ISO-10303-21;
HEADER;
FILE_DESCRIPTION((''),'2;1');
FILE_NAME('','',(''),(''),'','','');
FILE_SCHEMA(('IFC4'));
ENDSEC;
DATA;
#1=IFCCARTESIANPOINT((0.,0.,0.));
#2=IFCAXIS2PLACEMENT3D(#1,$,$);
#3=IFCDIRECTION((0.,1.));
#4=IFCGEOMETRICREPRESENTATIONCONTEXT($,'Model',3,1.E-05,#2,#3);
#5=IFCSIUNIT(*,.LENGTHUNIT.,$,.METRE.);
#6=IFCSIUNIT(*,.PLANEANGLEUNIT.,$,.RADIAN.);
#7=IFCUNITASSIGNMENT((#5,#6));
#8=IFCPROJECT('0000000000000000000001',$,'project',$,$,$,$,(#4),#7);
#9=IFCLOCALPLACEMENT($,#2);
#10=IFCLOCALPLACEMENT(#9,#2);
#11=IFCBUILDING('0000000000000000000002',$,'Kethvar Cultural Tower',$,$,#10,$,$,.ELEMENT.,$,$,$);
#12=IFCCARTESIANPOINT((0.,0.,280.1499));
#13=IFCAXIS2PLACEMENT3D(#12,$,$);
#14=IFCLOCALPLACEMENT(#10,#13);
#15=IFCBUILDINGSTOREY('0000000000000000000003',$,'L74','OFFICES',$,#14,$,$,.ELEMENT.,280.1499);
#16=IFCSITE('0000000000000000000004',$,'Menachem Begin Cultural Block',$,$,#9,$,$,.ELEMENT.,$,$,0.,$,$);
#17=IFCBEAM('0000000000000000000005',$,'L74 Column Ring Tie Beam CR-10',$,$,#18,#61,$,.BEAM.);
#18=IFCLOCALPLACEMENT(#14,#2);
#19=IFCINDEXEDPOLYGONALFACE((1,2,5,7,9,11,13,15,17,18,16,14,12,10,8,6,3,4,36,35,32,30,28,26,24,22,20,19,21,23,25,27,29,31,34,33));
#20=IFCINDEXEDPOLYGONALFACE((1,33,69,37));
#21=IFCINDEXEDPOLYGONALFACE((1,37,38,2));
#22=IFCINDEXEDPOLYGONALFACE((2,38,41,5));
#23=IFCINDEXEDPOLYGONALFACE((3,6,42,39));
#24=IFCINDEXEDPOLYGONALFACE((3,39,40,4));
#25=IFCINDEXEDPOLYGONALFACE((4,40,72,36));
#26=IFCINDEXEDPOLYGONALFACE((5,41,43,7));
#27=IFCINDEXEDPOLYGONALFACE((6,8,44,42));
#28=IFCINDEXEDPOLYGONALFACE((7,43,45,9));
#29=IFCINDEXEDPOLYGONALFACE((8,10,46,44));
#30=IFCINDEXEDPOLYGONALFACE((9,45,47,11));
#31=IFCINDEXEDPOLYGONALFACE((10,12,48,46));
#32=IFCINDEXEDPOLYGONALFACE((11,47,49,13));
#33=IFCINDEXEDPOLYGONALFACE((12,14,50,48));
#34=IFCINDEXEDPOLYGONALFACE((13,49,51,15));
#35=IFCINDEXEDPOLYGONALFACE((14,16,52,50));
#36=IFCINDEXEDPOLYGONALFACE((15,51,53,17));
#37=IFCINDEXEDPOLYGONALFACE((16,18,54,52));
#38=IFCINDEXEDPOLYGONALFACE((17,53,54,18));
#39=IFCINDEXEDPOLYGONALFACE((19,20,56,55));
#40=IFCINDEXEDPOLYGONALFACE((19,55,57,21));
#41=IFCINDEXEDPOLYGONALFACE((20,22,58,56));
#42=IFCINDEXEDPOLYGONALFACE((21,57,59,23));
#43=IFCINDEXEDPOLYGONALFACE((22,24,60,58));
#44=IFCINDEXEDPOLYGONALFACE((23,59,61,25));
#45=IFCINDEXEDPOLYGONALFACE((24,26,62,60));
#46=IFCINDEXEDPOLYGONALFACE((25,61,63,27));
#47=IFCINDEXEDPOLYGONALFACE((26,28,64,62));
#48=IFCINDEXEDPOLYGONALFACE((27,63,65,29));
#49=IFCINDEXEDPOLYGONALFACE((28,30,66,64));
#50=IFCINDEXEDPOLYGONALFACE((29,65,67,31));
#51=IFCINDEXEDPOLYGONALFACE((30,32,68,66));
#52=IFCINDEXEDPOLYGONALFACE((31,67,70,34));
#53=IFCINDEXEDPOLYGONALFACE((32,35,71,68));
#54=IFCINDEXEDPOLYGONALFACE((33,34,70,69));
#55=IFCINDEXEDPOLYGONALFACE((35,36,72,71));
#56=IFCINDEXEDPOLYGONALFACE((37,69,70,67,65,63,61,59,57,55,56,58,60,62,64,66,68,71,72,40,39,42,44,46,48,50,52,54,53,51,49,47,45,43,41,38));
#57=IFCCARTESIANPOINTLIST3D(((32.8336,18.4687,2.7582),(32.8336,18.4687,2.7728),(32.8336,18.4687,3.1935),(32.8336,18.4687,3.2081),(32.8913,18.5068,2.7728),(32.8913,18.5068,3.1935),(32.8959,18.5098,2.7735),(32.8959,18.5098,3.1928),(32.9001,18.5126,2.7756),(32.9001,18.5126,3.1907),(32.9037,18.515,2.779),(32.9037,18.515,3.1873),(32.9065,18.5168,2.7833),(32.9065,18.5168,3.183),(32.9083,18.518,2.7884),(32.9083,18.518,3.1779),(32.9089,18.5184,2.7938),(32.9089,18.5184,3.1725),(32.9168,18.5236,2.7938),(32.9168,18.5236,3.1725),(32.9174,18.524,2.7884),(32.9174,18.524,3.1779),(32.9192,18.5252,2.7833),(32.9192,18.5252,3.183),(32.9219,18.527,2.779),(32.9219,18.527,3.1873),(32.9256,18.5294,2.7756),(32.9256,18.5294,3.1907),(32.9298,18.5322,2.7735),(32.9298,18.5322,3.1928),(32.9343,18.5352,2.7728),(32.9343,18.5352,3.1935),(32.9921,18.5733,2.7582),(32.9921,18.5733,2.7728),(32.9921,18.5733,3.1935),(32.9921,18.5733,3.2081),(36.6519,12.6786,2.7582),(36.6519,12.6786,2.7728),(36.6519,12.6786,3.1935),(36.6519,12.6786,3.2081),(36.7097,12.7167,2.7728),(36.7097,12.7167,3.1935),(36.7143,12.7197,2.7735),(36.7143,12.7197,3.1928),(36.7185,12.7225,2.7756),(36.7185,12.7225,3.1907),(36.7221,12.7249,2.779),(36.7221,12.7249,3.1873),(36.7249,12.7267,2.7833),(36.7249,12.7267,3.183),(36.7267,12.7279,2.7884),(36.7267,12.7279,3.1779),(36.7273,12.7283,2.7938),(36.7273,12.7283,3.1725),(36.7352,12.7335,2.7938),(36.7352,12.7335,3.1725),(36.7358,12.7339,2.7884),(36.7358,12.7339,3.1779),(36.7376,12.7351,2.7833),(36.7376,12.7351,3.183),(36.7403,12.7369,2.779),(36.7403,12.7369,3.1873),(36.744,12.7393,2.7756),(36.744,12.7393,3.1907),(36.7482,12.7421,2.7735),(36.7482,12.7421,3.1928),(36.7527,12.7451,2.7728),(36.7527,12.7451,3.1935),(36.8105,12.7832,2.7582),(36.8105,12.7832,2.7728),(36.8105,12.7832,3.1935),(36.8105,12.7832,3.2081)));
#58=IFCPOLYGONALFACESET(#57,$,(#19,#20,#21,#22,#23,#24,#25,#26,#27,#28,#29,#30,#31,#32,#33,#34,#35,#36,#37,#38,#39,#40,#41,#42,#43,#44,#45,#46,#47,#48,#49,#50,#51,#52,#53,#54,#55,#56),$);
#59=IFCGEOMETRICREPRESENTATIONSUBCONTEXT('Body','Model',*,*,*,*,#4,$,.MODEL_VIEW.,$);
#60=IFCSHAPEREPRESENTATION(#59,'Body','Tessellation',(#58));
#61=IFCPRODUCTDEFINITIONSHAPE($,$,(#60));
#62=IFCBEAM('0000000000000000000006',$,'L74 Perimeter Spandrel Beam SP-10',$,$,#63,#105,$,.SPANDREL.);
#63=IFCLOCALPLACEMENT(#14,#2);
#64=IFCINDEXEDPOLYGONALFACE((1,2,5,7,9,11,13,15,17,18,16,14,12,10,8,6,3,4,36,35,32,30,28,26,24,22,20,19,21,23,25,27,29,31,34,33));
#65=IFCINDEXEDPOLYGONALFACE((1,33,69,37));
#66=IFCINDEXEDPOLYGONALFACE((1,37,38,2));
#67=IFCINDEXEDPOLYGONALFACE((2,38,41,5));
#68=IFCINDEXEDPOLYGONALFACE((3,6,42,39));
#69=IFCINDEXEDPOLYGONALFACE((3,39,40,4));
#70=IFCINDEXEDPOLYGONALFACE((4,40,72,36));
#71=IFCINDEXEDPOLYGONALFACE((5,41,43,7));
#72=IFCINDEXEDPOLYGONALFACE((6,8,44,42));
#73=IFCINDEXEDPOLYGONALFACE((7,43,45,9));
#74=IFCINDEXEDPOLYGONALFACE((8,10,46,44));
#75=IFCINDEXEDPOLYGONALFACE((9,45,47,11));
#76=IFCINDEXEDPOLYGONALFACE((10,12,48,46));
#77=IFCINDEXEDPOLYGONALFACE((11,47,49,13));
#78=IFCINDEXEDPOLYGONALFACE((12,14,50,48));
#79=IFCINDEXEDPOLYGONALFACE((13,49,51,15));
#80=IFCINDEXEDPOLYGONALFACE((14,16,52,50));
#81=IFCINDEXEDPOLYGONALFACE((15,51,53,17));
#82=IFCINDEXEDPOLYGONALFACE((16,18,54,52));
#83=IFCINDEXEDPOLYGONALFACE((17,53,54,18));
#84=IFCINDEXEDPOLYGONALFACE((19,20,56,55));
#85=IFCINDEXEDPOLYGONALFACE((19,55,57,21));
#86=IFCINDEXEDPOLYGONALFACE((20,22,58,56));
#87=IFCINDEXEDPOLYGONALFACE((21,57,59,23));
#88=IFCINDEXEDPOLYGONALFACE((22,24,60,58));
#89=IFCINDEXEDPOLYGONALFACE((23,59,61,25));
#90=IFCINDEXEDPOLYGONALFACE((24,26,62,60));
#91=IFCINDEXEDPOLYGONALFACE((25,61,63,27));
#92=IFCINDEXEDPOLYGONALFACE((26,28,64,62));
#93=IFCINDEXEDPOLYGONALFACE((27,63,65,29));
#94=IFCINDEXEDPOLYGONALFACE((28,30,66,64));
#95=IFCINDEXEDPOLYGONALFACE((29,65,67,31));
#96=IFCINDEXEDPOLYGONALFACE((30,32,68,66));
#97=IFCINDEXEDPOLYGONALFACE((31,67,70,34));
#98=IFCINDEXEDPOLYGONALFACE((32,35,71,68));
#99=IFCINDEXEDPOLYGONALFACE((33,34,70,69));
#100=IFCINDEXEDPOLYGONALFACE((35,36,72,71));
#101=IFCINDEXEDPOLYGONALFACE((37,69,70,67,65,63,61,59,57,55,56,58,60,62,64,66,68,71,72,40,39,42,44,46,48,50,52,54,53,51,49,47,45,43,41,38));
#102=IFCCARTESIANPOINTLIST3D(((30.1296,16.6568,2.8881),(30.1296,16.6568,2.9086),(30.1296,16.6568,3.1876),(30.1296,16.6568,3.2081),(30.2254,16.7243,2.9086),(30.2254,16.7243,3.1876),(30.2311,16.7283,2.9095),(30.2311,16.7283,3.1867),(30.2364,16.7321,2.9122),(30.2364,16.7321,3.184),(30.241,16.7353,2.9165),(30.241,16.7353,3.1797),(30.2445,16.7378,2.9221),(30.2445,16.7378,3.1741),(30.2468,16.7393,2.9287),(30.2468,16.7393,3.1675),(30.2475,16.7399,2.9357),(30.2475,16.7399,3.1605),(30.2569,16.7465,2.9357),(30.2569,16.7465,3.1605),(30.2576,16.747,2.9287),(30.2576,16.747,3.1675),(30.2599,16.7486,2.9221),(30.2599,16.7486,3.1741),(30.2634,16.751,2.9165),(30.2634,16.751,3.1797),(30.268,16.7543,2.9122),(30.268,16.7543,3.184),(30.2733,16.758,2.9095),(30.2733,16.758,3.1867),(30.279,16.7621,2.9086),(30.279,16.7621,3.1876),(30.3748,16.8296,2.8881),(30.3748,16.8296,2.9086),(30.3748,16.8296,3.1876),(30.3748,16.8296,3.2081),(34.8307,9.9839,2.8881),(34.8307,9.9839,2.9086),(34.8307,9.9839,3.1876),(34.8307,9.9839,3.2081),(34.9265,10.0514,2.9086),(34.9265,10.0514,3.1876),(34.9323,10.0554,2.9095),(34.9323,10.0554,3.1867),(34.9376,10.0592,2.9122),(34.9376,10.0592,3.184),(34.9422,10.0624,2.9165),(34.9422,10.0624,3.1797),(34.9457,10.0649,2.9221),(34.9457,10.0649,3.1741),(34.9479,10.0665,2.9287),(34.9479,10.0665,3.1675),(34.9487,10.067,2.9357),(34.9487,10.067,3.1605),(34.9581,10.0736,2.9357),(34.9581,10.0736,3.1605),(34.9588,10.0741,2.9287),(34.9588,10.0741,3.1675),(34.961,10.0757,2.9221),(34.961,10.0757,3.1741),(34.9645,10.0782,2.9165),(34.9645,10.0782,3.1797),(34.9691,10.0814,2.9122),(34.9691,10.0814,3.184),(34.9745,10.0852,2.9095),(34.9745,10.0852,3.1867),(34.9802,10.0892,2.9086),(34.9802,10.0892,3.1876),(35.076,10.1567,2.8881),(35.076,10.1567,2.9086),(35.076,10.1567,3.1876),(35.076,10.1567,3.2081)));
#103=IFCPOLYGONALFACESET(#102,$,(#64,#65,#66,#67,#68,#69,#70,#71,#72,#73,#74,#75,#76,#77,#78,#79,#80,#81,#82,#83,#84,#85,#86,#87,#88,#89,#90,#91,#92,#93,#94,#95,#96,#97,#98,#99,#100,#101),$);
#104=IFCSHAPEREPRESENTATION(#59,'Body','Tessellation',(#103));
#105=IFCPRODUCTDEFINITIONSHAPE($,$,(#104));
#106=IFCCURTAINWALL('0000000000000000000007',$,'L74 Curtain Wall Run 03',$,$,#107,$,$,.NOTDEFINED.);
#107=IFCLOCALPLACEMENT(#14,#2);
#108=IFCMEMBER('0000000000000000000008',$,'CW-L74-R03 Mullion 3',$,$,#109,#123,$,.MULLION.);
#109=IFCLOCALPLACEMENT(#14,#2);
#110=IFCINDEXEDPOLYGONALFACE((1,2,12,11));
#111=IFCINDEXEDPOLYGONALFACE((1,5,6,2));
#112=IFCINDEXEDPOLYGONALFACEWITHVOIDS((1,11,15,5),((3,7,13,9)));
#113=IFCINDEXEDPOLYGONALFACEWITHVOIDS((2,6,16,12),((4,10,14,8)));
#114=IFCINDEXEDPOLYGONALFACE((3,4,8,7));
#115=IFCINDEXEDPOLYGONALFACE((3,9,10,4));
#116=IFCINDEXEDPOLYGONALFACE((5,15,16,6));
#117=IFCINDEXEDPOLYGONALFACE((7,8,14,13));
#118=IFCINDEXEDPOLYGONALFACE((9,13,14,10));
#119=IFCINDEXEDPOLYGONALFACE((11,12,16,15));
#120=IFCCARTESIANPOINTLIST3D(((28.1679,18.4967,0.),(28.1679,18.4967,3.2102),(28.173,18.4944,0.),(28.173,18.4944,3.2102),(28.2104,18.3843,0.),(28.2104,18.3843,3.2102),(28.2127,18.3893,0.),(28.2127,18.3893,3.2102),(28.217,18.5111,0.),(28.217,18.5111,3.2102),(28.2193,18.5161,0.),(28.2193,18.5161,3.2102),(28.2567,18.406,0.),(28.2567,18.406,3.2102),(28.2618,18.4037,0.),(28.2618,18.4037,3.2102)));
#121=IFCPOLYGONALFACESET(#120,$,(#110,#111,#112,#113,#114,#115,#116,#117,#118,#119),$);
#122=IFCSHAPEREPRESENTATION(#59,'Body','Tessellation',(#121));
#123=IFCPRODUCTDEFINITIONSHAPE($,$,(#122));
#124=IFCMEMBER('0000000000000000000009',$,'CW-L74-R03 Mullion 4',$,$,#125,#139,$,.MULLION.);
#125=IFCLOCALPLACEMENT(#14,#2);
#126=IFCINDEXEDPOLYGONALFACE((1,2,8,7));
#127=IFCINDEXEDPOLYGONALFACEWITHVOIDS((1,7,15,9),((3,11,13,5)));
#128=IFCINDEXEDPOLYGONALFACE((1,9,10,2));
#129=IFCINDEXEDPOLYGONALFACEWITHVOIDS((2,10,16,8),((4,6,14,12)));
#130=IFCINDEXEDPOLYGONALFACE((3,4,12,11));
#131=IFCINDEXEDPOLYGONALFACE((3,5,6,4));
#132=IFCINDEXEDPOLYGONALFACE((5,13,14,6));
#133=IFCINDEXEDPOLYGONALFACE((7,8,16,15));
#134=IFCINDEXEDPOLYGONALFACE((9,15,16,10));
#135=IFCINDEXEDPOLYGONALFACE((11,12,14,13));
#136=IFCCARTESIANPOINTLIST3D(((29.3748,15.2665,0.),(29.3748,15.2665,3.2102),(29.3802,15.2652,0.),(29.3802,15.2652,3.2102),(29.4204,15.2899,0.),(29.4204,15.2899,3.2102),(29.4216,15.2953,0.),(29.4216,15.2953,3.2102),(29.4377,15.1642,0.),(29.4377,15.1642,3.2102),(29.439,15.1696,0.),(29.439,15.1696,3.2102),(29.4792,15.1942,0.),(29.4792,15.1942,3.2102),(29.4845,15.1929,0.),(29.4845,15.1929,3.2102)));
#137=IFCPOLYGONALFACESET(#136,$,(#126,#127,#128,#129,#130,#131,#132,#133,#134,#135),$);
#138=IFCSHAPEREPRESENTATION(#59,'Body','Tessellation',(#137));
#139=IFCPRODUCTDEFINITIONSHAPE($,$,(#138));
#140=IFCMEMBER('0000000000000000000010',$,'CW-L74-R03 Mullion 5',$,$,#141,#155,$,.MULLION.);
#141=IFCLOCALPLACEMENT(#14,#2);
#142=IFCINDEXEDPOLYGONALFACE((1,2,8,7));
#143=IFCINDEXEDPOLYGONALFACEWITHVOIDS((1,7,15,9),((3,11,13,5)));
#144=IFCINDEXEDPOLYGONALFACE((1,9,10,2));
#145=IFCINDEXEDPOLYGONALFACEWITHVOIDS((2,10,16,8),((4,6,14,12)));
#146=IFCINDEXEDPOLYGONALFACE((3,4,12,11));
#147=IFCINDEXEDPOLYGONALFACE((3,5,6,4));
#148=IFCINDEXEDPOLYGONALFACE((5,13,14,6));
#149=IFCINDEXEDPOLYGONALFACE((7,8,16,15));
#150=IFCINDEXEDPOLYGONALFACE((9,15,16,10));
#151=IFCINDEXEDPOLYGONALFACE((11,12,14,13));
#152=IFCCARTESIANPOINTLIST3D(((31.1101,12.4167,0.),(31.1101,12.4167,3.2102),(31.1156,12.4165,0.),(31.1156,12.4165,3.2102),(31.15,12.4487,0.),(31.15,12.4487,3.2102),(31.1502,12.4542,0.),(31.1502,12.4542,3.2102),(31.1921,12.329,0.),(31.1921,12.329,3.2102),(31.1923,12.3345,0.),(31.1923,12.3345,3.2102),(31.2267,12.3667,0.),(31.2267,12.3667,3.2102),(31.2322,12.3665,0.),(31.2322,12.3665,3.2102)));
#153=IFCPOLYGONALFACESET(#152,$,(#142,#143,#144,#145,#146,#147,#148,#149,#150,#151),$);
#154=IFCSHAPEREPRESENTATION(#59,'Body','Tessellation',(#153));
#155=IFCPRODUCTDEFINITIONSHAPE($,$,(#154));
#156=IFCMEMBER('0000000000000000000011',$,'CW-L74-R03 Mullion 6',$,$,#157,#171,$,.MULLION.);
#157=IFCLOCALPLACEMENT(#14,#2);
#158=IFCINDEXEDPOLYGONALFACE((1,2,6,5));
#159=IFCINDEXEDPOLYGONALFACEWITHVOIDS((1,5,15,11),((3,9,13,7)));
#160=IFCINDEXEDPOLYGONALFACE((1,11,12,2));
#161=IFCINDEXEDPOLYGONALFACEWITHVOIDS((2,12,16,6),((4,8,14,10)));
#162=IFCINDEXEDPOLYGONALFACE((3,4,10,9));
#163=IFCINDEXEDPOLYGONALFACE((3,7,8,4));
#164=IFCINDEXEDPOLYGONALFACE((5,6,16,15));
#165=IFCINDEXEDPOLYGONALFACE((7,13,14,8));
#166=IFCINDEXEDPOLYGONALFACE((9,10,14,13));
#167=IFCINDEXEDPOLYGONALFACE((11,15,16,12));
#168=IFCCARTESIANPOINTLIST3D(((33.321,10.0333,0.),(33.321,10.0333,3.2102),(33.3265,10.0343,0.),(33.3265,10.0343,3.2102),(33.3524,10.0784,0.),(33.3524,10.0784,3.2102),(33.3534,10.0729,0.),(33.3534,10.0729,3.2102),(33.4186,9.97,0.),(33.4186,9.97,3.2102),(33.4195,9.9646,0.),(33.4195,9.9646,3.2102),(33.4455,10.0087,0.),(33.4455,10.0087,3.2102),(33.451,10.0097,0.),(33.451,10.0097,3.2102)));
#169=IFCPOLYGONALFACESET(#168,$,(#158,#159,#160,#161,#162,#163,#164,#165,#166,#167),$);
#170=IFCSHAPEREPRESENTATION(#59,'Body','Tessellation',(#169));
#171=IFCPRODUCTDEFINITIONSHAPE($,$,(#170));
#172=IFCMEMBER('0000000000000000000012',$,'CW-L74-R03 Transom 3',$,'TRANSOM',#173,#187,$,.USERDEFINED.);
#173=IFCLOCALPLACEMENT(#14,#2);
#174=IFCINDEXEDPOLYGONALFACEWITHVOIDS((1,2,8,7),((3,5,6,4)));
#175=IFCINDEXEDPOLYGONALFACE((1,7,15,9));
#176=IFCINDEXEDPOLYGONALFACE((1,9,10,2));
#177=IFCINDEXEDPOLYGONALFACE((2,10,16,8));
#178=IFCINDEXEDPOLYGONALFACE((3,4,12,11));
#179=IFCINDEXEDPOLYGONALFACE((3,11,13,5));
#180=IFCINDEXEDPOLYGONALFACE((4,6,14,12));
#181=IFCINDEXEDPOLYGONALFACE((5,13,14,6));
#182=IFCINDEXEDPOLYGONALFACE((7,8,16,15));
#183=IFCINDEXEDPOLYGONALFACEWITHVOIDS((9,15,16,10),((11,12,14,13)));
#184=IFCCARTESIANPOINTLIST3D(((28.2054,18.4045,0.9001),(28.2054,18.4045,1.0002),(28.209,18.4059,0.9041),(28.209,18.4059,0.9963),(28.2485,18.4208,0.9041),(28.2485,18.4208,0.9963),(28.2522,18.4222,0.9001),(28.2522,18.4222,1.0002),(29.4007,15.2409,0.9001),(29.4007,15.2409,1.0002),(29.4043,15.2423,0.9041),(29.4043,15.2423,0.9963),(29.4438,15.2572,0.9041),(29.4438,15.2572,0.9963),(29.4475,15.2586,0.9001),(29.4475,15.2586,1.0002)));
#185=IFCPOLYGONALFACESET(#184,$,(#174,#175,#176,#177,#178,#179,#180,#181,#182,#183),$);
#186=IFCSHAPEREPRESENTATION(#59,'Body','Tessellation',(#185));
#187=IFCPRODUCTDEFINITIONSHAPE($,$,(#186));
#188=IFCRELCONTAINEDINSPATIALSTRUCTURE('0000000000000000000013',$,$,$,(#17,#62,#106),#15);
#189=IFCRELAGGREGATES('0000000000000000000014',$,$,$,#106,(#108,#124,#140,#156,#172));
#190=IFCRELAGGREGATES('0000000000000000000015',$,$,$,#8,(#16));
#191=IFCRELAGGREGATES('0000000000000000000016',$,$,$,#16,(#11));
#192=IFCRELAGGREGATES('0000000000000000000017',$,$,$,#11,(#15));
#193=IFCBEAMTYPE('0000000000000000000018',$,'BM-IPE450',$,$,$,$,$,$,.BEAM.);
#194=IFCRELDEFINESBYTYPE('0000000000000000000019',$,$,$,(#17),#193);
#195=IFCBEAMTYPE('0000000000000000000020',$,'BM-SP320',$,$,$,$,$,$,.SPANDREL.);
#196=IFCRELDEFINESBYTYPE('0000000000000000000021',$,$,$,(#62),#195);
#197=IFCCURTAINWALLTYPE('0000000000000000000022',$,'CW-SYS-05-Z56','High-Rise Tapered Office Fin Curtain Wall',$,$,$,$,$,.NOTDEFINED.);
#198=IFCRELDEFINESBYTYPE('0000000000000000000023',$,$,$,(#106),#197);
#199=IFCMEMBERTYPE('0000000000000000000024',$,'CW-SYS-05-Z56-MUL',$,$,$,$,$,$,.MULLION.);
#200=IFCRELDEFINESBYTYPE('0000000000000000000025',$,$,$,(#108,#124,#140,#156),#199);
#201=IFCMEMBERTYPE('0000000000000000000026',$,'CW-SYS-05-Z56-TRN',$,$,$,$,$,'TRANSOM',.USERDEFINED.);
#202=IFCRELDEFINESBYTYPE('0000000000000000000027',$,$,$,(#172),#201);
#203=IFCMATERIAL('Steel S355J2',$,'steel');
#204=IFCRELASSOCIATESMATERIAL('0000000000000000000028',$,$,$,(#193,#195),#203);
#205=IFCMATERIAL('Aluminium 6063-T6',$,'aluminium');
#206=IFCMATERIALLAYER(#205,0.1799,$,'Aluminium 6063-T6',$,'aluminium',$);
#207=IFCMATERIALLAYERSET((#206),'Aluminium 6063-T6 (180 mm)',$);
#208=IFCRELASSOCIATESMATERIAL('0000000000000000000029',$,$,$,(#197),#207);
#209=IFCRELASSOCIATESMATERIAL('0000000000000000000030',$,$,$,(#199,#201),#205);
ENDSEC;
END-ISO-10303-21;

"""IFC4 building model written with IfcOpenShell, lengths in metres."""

from ifc_helpers import new_model, si_unit, direction, frame, origin, origin_2d, place, context, subcontext, project, spatial, hollow_rectangle, i_section, extrude, source, transform, mapped, material, layer, layer_set, material_profile, profile_set, type_object, element, aggregate, save


model = new_model("IFC4")

# Units and contexts
model_context = context("Model", 3, precision=1e-05, world=origin(), true_north=direction((0.0, 1.0)))
body_context = subcontext(model_context, "Body", "Model", "MODEL_VIEW")
ifc_project = project(units=[si_unit("LENGTHUNIT", "METRE"), si_unit("PLANEANGLEUNIT", "RADIAN")], contexts=[model_context])

# Site, building, storey
site_placement = place(None, origin())
site = spatial("IfcSite", under=ifc_project, at=site_placement, Name="Menachem Begin Cultural Block", CompositionType="ELEMENT", RefElevation=0.0)
building_placement = place(site_placement, origin())
building = spatial("IfcBuilding", under=site, at=building_placement, Name="Kethvar Cultural Tower", CompositionType="ELEMENT")
storey_placement = place(building_placement, frame((0.0, 0.0, 280.1499)))
storey = spatial("IfcBuildingStorey", under=building, at=storey_placement, Name="L74", Description="OFFICES", CompositionType="ELEMENT", Elevation=280.1499)

# Shared definitions
ifc_material_1 = material(Name="Steel S355J2", Category="steel")

# Beams
ifc_material_profile_1 = material_profile(ifc_material_1, i_section(OverallWidth=0.1899, OverallDepth=0.45, WebThickness=0.0095, FlangeThickness=0.0146, FilletRadius=0.021, at=origin_2d()), Name="Steel S355J2 — IPE450")
ifc_profile_set_1 = profile_set([ifc_material_profile_1], Name="Steel S355J2 — IPE450")
beam_type_1 = type_object("IfcBeamType", Name="BM-IPE450", PredefinedType="BEAM", material=ifc_profile_set_1)
ifc_material_profile_2 = material_profile(ifc_material_1, i_section(OverallWidth=0.3, OverallDepth=0.3201, WebThickness=0.0115, FlangeThickness=0.0205, FilletRadius=0.0271, at=origin_2d()), Name="Steel S355J2 — HEB320")
ifc_profile_set_2 = profile_set([ifc_material_profile_2], Name="Steel S355J2 — HEB320")
beam_type_2 = type_object("IfcBeamType", Name="BM-SP320", PredefinedType="SPANDREL", material=ifc_profile_set_2)
shared_shape_1 = source(origin(), body_context, "Body", "SweptSolid", [
    extrude(i_section(OverallWidth=0.1899, OverallDepth=0.45, WebThickness=0.0095, FlangeThickness=0.0146, FilletRadius=0.021, at=origin_2d()), origin(), (0.0, 0.0, 1.0), 6.9358),
])
beam_1_placement = place(storey_placement, frame((32.9128, 18.521, 2.9832), z_axis=(0.550534, -0.834813, 0.0), x_axis=(0.834813, 0.550534, 0.0)))
element("IfcBeam", 1, at=beam_1_placement, inside=storey, type_object=beam_type_1, Name="L74 Column Ring Tie Beam CR-10", PredefinedType="BEAM", context=body_context, shape_type="MappedRepresentation", body=[
    mapped(shared_shape_1, transform((0.0, 0.0, 0.0), scale=1.0)),
])
shared_shape_2 = source(origin(), body_context, "Body", "SweptSolid", [
    extrude(i_section(OverallWidth=0.3, OverallDepth=0.3201, WebThickness=0.0115, FlangeThickness=0.0205, FilletRadius=0.0271, at=origin_2d()), origin(), (0.0, 0.0, 1.0), 8.1626),
])
beam_2_placement = place(storey_placement, frame((30.2522, 16.7432, 3.0481), z_axis=(0.575941, -0.817491, 0.0), x_axis=(0.817491, 0.575941, 0.0)))
element("IfcBeam", 2, at=beam_2_placement, inside=storey, type_object=beam_type_2, Name="L74 Perimeter Spandrel Beam SP-10", PredefinedType="SPANDREL", context=body_context, shape_type="MappedRepresentation", body=[
    mapped(shared_shape_2, transform((0.0, 0.0, 0.0), scale=1.0)),
])

# Curtain wall, members
ifc_material_2 = material(Name="Aluminium 6063-T6", Category="aluminium")
ifc_layer_1 = layer(ifc_material_2, 0.1799, Name="Aluminium 6063-T6", Category="aluminium")
ifc_layer_set_1 = layer_set([ifc_layer_1], Name="Aluminium 6063-T6 (180 mm)")
curtain_wall_type = type_object("IfcCurtainWallType", Name="CW-SYS-05-Z56", Description="High-Rise Tapered Office Fin Curtain Wall", PredefinedType="NOTDEFINED", material=ifc_layer_set_1)
curtain_wall_placement = place(storey_placement, origin())
curtain_wall = element("IfcCurtainWall", 3, at=curtain_wall_placement, inside=storey, type_object=curtain_wall_type, Name="L74 Curtain Wall Run 03", PredefinedType="NOTDEFINED")
ifc_material_profile_3 = material_profile(ifc_material_2, hollow_rectangle(XDim=0.0549, YDim=0.1201, WallThickness=0.0039, at=origin_2d()), Name="Aluminium 6063-T6 — RHS120x55x4")
ifc_profile_set_3 = profile_set([ifc_material_profile_3], Name="Aluminium 6063-T6 — RHS120x55x4")
member_type_1 = type_object("IfcMemberType", Name="CW-SYS-05-Z56-MUL", PredefinedType="MULLION", material=ifc_profile_set_3)
shared_shape_3 = source(origin(), body_context, "Body", "SweptSolid", [
    extrude(hollow_rectangle(XDim=0.0549, YDim=0.1201, WallThickness=0.0039, at=origin_2d()), origin(), (0.0, 0.0, 1.0), 3.2102),
])
member_1_placement = place(storey_placement, frame((28.2148, 18.4502, 0.0), z_axis=(0.0, 0.0, 1.0), x_axis=(0.93545, 0.353459, 0.0)))
member_1 = element("IfcMember", 4, at=member_1_placement, type_object=member_type_1, Name="CW-L74-R03 Mullion 3", PredefinedType="MULLION", context=body_context, shape_type="MappedRepresentation", body=[
    mapped(shared_shape_3, transform((0.0, 0.0, 0.0), scale=1.0)),
])
member_2_placement = place(storey_placement, frame((29.4297, 15.2297, 0.0), z_axis=(0.0, 0.0, 1.0), x_axis=(0.852029, 0.523495, 0.0)))
member_2 = element("IfcMember", 5, at=member_2_placement, type_object=member_type_1, Name="CW-L74-R03 Mullion 4", PredefinedType="MULLION", context=body_context, shape_type="MappedRepresentation", body=[
    mapped(shared_shape_3, transform((0.0, 0.0, 0.0), scale=1.0)),
])
member_3_placement = place(storey_placement, frame((31.1711, 12.3916, 0.0), z_axis=(0.0, 0.0, 1.0), x_axis=(0.730162, 0.683274, 0.0)))
member_3 = element("IfcMember", 6, at=member_3_placement, type_object=member_type_1, Name="CW-L74-R03 Mullion 5", PredefinedType="MULLION", context=body_context, shape_type="MappedRepresentation", body=[
    mapped(shared_shape_3, transform((0.0, 0.0, 0.0), scale=1.0)),
])
member_4_placement = place(storey_placement, frame((33.386, 10.0215, 0.0), z_axis=(0.0, 0.0, 1.0), x_axis=(0.572017, 0.820242, 0.0)))
member_4 = element("IfcMember", 7, at=member_4_placement, type_object=member_type_1, Name="CW-L74-R03 Mullion 6", PredefinedType="MULLION", context=body_context, shape_type="MappedRepresentation", body=[
    mapped(shared_shape_3, transform((0.0, 0.0, 0.0), scale=1.0)),
])
ifc_material_profile_4 = material_profile(ifc_material_2, hollow_rectangle(XDim=0.05, YDim=0.1001, WallThickness=0.0039, at=origin_2d()), Name="Aluminium 6063-T6 — RHS100x50x4")
ifc_profile_set_4 = profile_set([ifc_material_profile_4], Name="Aluminium 6063-T6 — RHS100x50x4")
member_type_2 = type_object("IfcMemberType", Name="CW-SYS-05-Z56-TRN", ElementType="TRANSOM", PredefinedType="USERDEFINED", material=ifc_profile_set_4)
shared_shape_4 = source(origin(), body_context, "Body", "SweptSolid", [
    extrude(hollow_rectangle(XDim=0.05, YDim=0.1001, WallThickness=0.0039, at=origin_2d()), origin(), (0.0, 0.0, 1.0), 3.3818),
])
member_5_placement = place(storey_placement, frame((28.2288, 18.4133, 0.9502), z_axis=(0.353448, -0.935454, 0.0), x_axis=(0.935454, 0.353448, 0.0)))
member_5 = element("IfcMember", 8, at=member_5_placement, type_object=member_type_2, Name="CW-L74-R03 Transom 3", ObjectType="TRANSOM", PredefinedType="USERDEFINED", context=body_context, shape_type="MappedRepresentation", body=[
    mapped(shared_shape_4, transform((0.0, 0.0, 0.0), scale=1.0)),
])
aggregate(curtain_wall, [member_1, member_2, member_3, member_4, member_5])

save(model, "model.ifc")
